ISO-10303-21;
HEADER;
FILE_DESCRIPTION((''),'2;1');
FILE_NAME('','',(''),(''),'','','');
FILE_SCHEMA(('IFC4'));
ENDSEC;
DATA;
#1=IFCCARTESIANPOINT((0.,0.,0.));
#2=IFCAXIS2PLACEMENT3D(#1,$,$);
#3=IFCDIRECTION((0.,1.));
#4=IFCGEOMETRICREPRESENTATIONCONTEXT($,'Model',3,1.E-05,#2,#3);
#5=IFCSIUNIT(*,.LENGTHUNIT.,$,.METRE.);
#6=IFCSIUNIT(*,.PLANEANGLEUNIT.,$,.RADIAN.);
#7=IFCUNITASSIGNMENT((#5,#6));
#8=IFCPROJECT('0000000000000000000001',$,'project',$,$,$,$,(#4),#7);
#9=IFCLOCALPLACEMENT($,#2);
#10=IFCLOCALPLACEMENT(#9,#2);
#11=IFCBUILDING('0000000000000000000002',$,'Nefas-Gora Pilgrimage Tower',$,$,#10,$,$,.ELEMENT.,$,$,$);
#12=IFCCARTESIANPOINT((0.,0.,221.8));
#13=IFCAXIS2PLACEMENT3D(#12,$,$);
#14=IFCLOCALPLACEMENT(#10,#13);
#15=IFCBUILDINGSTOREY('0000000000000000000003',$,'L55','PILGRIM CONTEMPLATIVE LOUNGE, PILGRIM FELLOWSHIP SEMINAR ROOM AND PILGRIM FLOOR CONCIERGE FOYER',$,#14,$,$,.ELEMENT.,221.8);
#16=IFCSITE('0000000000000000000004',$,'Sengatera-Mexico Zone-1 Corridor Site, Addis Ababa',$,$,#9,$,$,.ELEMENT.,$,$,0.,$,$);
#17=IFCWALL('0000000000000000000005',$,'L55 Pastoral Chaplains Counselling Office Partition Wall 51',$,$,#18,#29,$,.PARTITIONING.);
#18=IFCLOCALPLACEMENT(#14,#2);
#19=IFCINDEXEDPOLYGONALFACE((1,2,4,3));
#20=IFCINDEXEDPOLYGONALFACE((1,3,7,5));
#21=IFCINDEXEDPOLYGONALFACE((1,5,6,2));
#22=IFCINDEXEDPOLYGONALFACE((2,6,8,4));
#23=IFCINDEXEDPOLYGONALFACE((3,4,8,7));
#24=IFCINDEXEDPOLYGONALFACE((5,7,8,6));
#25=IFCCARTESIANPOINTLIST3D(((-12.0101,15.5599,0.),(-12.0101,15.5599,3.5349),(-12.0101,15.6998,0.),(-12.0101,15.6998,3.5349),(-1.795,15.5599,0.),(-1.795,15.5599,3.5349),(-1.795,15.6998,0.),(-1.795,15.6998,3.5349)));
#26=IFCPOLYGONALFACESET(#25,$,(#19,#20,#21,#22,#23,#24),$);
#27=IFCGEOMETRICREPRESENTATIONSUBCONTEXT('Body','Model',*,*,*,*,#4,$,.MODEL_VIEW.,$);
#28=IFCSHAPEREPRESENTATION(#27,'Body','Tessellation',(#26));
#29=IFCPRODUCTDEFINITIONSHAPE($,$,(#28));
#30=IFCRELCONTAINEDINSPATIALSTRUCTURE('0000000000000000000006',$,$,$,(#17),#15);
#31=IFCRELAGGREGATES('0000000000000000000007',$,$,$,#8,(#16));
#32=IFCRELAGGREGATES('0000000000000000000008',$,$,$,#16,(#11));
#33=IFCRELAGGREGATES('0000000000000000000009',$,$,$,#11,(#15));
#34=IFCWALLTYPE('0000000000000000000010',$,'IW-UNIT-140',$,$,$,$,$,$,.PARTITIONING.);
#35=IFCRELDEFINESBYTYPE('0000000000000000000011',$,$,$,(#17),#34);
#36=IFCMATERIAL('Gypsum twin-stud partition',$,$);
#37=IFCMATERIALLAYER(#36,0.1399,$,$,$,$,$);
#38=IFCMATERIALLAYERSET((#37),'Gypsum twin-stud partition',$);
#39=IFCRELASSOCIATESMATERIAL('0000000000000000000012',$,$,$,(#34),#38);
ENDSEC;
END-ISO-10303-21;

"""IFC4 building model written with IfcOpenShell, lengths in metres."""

from ifc_helpers import new_model, si_unit, direction, frame, frame_2d, origin, place, context, subcontext, project, spatial, rectangle, extrude, source, transform, mapped, material, layer, layer_set, type_object, element, save


model = new_model("IFC4")

# Units and contexts
model_context = context("Model", 3, precision=1e-05, world=origin(), true_north=direction((0.0, 1.0)))
body_context = subcontext(model_context, "Body", "Model", "MODEL_VIEW")
ifc_project = project(units=[si_unit("LENGTHUNIT", "METRE"), si_unit("PLANEANGLEUNIT", "RADIAN")], contexts=[model_context])

# Site, building, storey
site_placement = place(None, origin())
site = spatial("IfcSite", under=ifc_project, at=site_placement, Name="Sengatera-Mexico Zone-1 Corridor Site, Addis Ababa", CompositionType="ELEMENT", RefElevation=0.0)
building_placement = place(site_placement, origin())
building = spatial("IfcBuilding", under=site, at=building_placement, Name="Nefas-Gora Pilgrimage Tower", CompositionType="ELEMENT")
storey_placement = place(building_placement, frame((0.0, 0.0, 221.8)))
storey = spatial("IfcBuildingStorey", under=building, at=storey_placement, Name="L55", Description="PILGRIM CONTEMPLATIVE LOUNGE, PILGRIM FELLOWSHIP SEMINAR ROOM AND PILGRIM FLOOR CONCIERGE FOYER", CompositionType="ELEMENT", Elevation=221.8)

# Shared definitions
ifc_material_1 = material(Name="Gypsum twin-stud partition")
ifc_layer_1 = layer(ifc_material_1, 0.1399)
ifc_layer_set_1 = layer_set([ifc_layer_1], Name="Gypsum twin-stud partition")
wall_type_1 = type_object("IfcWallType", Name="IW-UNIT-140", PredefinedType="PARTITIONING", material=ifc_layer_set_1)

# Wall
shared_shape_1 = source(origin(), body_context, "Body", "SweptSolid", [
    extrude(rectangle(XDim=10.2151, YDim=0.1399, at=frame_2d((5.1074, 0.0))), origin(), (0.0, 0.0, 1.0), 3.5349),
])
wall_1_placement = place(storey_placement, frame((-12.01, 15.6299, 0.0), z_axis=(0.0, 0.0, 1.0), x_axis=(1.0, 0.0, 0.0)))
element("IfcWall", 1, at=wall_1_placement, inside=storey, type_object=wall_type_1, Name="L55 Pastoral Chaplains Counselling Office Partition Wall 51", PredefinedType="PARTITIONING", context=body_context, shape_type="MappedRepresentation", body=[
    mapped(shared_shape_1, transform((0.0, 0.0, 0.0), x_axis=(1.0, 0.0, 0.0), y_axis=(0.0, 1.0, 0.0), z_axis=(0.0, 0.0, 1.0), scale=1.0)),
])

save(model, "model.ifc")
